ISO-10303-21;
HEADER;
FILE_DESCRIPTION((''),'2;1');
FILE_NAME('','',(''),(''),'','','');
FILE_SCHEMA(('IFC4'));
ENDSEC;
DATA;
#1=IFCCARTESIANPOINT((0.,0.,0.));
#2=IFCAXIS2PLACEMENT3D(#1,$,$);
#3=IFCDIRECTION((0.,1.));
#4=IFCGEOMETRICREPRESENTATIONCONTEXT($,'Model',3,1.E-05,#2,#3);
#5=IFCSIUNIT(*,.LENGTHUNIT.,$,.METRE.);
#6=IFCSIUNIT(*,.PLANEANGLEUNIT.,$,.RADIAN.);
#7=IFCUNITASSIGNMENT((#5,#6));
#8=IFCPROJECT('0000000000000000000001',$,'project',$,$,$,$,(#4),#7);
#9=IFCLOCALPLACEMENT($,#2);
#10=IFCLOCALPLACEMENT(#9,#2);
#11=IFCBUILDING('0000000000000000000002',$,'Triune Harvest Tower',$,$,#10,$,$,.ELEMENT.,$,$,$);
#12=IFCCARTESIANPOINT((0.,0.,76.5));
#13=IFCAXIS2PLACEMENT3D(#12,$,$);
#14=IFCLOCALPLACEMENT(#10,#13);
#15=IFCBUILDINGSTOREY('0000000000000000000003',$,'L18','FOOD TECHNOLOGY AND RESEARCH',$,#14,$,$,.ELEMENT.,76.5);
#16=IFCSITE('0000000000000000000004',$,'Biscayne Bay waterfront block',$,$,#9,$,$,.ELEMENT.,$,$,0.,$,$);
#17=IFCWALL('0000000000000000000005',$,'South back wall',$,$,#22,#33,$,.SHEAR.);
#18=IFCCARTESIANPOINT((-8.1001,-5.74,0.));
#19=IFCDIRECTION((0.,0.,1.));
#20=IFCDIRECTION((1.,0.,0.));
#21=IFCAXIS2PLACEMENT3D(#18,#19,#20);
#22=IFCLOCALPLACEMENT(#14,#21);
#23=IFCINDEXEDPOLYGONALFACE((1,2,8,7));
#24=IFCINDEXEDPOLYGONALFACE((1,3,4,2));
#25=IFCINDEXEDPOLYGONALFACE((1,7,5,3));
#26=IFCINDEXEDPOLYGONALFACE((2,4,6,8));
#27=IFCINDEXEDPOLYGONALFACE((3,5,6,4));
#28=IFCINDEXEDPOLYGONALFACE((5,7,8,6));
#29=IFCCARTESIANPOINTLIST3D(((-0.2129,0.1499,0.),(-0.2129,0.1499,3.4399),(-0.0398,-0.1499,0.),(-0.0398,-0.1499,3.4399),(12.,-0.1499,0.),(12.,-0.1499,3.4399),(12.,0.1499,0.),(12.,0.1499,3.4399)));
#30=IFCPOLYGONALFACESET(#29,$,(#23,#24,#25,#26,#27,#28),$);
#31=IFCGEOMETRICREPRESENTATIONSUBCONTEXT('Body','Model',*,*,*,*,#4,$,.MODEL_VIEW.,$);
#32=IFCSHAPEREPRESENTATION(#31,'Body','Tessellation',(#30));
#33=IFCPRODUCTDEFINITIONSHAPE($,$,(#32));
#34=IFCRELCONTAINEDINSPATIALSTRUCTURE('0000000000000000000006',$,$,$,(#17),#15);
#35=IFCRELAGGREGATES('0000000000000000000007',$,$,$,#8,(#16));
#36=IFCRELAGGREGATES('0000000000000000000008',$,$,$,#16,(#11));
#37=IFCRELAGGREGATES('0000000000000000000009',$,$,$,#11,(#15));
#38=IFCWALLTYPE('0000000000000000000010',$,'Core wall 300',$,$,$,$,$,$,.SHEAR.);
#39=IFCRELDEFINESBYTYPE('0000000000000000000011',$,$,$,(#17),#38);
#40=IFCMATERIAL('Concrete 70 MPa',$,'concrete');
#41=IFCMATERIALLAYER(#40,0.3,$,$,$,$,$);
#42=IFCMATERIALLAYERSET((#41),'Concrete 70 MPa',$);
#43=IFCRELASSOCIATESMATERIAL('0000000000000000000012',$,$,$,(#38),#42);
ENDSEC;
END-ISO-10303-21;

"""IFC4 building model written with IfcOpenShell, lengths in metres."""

from ifc_helpers import new_model, si_unit, direction, frame, origin, place, context, subcontext, project, spatial, polyline, outline, extrude, source, transform, mapped, material, layer, layer_set, type_object, element, save


model = new_model("IFC4")

# Units and contexts
model_context = context("Model", 3, precision=1e-05, world=origin(), true_north=direction((0.0, 1.0)))
body_context = subcontext(model_context, "Body", "Model", "MODEL_VIEW")
ifc_project = project(units=[si_unit("LENGTHUNIT", "METRE"), si_unit("PLANEANGLEUNIT", "RADIAN")], contexts=[model_context])

# Site, building, storey
site_placement = place(None, origin())
site = spatial("IfcSite", under=ifc_project, at=site_placement, Name="Biscayne Bay waterfront block", CompositionType="ELEMENT", RefElevation=0.0)
building_placement = place(site_placement, origin())
building = spatial("IfcBuilding", under=site, at=building_placement, Name="Triune Harvest Tower", CompositionType="ELEMENT")
storey_placement = place(building_placement, frame((0.0, 0.0, 76.5)))
storey = spatial("IfcBuildingStorey", under=building, at=storey_placement, Name="L18", Description="FOOD TECHNOLOGY AND RESEARCH", CompositionType="ELEMENT", Elevation=76.5)

# Shared definitions
ifc_material_1 = material(Name="Concrete 70 MPa", Category="concrete")
ifc_layer_1 = layer(ifc_material_1, 0.3)
ifc_layer_set_1 = layer_set([ifc_layer_1], Name="Concrete 70 MPa")
wall_type_1 = type_object("IfcWallType", Name="Core wall 300", PredefinedType="SHEAR", material=ifc_layer_set_1)

# Wall
shared_shape_1 = source(origin(), body_context, "Body", "SweptSolid", [
    extrude(outline(polyline([(12.0, -0.1499), (-0.0398, -0.1499), (-0.2129, 0.1499), (12.0, 0.1499), (12.0, -0.1499)])), origin(), (0.0, 0.0, 1.0), 3.4399),
])
wall_1_placement = place(storey_placement, frame((-8.1001, -5.74, 0.0), z_axis=(0.0, 0.0, 1.0), x_axis=(1.0, 0.0, 0.0)))
element("IfcWall", 1, at=wall_1_placement, inside=storey, type_object=wall_type_1, Name="South back wall", PredefinedType="SHEAR", context=body_context, shape_type="MappedRepresentation", body=[
    mapped(shared_shape_1, transform((0.0, 0.0, 0.0), scale=1.0)),
])

save(model, "model.ifc")
